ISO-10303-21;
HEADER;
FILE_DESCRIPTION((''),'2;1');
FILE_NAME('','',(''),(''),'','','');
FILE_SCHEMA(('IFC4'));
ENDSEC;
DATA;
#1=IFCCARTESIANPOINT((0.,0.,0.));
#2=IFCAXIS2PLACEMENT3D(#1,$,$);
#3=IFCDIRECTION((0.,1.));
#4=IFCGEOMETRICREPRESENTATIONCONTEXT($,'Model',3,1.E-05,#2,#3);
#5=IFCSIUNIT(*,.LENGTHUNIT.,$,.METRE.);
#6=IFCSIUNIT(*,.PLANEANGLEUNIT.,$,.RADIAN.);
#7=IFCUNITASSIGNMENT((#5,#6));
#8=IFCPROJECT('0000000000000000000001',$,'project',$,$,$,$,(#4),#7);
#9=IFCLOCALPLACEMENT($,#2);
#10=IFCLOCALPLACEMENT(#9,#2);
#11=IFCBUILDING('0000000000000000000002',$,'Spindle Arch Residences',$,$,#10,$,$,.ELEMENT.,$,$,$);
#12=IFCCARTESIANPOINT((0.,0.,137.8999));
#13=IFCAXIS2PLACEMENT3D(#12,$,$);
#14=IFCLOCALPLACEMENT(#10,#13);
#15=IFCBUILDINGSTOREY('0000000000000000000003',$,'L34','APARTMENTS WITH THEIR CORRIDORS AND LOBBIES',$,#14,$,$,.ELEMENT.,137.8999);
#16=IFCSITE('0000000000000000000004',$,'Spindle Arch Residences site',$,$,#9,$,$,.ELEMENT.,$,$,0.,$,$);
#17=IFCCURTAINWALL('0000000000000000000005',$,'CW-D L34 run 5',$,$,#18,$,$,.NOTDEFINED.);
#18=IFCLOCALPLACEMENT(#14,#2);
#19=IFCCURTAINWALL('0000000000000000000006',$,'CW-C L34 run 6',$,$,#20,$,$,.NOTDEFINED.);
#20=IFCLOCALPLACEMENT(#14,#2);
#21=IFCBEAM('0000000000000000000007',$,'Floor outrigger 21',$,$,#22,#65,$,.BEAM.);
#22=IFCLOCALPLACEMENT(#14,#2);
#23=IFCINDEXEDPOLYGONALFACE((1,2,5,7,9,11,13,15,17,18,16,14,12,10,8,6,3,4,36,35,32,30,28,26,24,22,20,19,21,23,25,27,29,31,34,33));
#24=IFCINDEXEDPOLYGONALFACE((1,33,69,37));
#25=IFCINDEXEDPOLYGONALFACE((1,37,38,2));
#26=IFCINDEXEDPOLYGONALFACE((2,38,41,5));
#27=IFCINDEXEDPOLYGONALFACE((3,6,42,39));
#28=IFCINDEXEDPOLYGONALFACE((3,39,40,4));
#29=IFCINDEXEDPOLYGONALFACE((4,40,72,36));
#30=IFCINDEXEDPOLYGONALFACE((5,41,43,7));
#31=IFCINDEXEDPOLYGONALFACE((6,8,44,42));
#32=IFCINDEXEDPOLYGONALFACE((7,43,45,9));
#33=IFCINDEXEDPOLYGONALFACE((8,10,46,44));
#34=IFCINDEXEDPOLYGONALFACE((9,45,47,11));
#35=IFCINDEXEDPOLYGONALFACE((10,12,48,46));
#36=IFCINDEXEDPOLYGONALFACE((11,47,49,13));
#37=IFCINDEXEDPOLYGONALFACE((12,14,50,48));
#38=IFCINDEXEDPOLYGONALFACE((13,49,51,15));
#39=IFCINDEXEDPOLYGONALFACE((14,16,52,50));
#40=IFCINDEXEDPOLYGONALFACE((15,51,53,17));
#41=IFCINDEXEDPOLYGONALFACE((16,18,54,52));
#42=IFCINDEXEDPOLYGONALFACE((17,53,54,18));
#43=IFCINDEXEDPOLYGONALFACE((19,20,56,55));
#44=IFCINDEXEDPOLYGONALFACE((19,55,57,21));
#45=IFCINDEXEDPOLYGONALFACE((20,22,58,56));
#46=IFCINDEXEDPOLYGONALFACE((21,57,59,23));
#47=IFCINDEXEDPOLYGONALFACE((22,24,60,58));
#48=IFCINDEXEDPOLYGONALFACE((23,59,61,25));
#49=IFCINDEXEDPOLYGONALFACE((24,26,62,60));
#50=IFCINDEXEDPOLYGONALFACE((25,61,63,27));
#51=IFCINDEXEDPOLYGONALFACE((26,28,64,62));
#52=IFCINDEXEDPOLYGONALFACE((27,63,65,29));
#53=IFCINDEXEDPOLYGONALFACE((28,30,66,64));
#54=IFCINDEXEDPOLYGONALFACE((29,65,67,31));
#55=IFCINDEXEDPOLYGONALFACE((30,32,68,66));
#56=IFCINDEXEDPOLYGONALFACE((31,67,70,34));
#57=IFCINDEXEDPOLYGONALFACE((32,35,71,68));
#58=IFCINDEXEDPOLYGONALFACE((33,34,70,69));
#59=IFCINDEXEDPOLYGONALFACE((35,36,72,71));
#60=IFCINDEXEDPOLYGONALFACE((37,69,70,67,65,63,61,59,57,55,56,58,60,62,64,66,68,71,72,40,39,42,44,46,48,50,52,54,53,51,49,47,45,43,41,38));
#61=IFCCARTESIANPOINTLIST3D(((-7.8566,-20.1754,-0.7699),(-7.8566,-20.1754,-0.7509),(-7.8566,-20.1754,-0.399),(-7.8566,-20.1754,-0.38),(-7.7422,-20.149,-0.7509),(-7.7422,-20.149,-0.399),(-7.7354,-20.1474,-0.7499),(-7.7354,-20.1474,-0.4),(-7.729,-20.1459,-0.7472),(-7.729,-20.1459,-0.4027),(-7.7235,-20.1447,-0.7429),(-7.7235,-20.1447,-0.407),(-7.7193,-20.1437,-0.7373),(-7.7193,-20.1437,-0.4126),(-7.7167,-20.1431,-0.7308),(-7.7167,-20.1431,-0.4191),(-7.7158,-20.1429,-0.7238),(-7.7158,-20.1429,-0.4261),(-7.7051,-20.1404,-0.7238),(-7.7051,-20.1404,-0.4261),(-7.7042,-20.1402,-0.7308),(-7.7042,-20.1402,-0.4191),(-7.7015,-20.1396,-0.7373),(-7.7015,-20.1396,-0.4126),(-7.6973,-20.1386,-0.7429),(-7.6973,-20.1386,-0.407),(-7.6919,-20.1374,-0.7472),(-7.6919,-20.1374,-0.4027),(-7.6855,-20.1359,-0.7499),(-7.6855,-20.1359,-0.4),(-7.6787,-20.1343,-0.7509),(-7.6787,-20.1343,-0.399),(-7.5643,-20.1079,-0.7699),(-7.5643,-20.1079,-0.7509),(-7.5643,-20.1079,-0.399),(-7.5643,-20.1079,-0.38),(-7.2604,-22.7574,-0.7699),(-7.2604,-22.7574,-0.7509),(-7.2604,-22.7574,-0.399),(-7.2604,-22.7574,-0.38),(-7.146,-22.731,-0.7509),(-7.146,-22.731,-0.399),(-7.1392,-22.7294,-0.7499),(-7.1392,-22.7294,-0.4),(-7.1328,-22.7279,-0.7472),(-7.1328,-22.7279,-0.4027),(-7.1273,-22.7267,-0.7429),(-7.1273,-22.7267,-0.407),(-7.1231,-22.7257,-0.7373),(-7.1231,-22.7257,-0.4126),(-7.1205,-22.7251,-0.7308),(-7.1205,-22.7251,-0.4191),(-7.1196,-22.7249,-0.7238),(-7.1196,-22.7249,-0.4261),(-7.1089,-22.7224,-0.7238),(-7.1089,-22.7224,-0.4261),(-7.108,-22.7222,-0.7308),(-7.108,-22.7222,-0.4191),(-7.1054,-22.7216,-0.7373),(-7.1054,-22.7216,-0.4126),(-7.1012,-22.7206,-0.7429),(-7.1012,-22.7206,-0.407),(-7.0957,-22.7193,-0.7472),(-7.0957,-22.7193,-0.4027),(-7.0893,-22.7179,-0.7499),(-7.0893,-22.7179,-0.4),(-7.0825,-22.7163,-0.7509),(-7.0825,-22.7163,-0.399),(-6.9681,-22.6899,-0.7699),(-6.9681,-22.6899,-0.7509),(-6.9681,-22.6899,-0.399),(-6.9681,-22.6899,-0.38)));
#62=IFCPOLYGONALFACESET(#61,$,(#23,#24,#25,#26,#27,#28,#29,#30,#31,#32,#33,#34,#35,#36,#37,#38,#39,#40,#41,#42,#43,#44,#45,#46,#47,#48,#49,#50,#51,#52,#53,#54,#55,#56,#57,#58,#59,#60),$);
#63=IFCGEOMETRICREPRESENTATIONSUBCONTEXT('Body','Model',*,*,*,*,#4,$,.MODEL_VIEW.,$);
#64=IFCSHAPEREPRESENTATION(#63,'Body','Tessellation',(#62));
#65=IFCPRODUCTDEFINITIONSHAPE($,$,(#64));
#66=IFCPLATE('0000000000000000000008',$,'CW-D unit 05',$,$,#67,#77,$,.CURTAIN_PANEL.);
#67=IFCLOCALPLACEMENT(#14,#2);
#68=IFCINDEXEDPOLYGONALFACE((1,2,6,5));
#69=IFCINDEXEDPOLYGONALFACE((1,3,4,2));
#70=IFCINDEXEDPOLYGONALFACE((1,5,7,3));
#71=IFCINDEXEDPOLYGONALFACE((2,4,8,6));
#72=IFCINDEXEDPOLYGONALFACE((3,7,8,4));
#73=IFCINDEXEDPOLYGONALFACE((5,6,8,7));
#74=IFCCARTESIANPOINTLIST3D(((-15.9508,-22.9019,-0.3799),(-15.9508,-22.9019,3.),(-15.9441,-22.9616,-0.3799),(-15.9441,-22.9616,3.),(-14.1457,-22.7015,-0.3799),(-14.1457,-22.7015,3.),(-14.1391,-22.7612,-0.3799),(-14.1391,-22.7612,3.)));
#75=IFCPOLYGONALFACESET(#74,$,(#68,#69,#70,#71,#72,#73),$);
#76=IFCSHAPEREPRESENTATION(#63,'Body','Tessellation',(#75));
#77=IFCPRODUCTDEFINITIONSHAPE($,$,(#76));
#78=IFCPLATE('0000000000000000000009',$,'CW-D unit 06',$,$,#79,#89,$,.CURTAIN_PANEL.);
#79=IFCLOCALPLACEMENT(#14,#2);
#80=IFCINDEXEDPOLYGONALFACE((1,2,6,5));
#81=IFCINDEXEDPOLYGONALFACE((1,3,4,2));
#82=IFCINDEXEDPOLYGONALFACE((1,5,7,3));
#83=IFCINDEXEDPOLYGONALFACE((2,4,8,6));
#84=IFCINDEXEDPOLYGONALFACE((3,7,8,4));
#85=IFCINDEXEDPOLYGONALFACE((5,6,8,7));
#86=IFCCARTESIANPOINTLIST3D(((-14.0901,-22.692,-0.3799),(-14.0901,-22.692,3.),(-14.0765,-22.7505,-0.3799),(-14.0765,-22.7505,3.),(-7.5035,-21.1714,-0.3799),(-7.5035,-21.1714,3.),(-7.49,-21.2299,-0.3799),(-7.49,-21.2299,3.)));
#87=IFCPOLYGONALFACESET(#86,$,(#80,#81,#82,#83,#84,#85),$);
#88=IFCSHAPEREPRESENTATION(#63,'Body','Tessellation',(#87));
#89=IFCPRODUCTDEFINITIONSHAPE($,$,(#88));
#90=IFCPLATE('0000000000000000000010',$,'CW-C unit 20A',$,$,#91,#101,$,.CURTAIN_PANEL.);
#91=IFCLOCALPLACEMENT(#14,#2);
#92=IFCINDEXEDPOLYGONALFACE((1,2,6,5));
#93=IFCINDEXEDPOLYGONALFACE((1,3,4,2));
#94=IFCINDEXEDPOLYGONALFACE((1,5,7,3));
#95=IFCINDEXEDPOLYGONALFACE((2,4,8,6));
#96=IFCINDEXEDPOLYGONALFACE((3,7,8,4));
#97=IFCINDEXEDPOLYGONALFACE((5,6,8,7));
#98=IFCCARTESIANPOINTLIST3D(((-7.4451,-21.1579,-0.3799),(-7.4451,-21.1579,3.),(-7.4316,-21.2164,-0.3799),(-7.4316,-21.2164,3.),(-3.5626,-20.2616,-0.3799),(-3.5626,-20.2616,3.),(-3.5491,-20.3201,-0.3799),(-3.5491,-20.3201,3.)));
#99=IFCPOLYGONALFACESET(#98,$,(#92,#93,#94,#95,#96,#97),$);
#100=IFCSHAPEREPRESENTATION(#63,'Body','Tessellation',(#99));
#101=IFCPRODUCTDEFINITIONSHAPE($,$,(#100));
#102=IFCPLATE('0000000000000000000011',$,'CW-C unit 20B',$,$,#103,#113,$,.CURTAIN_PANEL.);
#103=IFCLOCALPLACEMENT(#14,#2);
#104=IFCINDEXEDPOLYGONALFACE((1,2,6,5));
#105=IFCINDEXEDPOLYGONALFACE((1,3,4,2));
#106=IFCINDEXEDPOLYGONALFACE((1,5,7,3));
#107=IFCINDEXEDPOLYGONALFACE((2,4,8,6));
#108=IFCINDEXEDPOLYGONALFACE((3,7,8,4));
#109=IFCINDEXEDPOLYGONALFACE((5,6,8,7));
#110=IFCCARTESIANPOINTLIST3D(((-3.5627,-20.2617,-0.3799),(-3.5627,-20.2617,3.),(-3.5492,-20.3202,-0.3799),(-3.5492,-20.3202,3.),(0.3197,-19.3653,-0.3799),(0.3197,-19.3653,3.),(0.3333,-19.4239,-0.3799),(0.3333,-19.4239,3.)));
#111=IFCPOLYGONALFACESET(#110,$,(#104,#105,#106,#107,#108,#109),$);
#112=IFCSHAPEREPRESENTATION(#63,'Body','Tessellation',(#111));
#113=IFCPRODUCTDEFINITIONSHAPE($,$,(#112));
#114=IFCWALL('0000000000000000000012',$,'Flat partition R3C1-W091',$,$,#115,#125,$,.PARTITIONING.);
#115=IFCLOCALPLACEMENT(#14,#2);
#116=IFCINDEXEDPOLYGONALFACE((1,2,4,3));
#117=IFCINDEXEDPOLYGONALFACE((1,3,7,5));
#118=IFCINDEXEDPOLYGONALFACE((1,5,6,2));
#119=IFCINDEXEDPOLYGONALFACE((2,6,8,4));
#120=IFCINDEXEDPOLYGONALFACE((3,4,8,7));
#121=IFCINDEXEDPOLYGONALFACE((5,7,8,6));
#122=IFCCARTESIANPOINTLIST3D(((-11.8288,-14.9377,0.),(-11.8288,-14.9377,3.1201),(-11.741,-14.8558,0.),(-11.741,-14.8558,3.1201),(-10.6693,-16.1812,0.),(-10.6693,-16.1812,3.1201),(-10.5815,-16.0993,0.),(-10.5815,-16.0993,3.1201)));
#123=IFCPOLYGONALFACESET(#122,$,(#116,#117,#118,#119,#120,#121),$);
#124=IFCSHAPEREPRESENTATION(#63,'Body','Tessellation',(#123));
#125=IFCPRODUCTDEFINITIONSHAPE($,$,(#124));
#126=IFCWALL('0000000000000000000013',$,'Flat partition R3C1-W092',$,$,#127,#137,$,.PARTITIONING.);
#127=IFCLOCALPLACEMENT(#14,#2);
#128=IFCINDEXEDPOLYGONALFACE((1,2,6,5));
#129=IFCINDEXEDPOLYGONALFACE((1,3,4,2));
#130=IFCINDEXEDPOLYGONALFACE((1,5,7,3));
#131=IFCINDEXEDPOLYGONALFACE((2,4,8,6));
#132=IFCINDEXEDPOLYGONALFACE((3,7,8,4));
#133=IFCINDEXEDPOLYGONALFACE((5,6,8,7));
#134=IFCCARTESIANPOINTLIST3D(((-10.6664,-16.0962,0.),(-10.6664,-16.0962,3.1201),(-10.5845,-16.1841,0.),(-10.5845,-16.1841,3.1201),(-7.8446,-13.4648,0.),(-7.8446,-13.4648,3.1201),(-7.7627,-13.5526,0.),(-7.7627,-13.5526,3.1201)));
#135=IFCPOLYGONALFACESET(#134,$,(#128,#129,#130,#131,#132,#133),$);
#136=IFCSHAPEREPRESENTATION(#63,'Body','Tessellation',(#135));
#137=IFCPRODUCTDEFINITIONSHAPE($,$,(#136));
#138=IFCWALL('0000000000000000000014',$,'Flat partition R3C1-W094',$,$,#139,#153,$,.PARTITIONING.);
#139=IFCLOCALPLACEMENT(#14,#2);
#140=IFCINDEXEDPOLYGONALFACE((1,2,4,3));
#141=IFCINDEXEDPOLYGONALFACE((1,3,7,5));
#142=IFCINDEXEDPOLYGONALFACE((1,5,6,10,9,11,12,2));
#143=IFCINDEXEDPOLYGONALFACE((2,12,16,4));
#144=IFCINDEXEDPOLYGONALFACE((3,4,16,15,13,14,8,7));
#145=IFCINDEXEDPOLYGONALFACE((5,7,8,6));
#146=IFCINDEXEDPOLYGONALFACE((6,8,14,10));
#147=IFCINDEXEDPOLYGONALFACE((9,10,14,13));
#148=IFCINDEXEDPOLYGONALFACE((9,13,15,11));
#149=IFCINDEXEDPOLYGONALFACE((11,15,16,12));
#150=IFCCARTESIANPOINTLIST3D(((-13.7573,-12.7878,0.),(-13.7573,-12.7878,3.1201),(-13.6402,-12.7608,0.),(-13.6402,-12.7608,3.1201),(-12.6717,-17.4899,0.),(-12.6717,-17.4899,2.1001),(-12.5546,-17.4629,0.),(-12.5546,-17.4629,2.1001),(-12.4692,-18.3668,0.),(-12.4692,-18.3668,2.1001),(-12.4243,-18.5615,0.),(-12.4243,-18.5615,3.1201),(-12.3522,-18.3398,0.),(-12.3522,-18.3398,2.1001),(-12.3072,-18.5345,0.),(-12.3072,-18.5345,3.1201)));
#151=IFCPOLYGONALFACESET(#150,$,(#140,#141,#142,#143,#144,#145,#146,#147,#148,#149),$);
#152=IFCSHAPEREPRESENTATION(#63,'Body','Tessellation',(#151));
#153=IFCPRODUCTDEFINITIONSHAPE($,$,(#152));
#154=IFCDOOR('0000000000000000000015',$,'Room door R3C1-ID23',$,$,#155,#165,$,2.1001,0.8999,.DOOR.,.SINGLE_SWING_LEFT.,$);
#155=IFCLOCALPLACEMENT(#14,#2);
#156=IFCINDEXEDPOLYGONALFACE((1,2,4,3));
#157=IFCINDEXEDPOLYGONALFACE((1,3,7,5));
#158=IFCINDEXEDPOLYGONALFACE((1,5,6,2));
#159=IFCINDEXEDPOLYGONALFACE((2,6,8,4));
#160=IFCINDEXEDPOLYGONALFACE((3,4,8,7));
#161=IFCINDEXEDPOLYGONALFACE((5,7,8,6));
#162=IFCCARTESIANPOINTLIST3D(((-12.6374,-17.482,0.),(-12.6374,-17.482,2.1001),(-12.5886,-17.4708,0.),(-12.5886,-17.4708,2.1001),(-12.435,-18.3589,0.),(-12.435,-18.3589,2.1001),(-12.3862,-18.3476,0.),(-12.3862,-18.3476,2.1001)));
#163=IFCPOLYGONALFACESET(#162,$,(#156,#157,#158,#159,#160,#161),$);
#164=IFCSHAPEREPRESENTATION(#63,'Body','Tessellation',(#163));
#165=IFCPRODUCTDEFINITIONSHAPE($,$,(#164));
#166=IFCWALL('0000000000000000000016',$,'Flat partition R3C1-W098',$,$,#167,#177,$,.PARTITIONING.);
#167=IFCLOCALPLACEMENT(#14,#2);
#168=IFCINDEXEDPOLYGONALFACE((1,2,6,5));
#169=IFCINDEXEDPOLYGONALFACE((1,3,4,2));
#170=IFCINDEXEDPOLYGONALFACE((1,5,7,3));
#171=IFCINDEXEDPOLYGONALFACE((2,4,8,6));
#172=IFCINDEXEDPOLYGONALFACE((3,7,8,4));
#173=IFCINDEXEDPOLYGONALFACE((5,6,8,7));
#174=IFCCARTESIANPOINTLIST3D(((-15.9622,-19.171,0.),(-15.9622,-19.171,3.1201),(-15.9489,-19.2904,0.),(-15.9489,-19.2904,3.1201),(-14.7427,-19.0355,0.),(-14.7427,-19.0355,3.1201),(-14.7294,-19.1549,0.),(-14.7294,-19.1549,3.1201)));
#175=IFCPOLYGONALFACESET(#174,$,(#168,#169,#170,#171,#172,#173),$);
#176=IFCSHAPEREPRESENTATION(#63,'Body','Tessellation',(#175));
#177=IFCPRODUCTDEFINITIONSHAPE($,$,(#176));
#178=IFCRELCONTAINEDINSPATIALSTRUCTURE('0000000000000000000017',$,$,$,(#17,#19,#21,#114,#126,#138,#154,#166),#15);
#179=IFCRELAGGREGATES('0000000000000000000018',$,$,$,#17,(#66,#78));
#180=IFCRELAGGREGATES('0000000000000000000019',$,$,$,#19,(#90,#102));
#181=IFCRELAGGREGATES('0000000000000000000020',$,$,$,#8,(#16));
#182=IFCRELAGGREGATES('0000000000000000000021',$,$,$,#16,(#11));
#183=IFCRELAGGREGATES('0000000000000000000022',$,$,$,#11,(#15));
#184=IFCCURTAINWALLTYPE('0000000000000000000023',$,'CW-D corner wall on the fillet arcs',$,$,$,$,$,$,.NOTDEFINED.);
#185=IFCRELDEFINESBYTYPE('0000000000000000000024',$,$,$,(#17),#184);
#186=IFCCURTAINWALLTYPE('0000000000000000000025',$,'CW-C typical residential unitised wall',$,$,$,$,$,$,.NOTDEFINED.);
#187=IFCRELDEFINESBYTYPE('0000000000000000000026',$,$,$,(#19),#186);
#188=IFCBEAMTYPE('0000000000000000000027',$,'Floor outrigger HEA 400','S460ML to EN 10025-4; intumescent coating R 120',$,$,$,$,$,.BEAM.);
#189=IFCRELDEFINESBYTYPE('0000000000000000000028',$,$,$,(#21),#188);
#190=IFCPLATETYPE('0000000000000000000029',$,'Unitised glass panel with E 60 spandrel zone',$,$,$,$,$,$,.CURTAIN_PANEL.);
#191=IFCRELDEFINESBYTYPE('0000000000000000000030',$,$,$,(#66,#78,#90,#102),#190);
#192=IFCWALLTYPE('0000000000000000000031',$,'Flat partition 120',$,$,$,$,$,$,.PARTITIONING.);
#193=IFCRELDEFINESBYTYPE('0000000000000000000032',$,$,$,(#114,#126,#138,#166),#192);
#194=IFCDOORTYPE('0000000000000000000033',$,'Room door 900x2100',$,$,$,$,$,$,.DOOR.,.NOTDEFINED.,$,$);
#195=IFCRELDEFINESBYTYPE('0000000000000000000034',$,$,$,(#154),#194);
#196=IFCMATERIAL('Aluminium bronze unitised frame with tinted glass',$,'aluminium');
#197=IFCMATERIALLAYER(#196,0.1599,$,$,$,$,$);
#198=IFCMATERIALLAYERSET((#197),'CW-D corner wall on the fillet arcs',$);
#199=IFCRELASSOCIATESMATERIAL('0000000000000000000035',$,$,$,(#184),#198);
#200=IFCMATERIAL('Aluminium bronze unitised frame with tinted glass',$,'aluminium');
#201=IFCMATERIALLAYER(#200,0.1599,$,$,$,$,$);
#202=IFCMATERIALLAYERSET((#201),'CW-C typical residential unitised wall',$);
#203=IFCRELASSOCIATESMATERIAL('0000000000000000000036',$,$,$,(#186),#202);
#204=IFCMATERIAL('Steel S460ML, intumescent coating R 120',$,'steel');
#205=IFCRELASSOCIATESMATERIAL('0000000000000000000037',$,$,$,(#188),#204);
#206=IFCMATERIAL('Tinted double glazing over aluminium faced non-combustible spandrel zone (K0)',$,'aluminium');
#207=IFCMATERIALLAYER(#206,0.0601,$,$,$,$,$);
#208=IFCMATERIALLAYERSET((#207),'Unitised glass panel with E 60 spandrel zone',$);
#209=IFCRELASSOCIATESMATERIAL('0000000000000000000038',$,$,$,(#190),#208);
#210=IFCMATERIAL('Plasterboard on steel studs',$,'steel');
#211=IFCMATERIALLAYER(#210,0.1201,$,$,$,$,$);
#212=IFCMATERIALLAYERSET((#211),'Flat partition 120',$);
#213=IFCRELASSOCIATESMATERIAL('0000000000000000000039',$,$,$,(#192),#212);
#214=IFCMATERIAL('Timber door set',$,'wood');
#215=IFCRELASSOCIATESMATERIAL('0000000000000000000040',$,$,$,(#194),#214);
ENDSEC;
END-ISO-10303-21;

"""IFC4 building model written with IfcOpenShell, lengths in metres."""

from ifc_helpers import new_model, si_unit, direction, frame, frame_2d, origin, origin_2d, place, context, subcontext, project, spatial, rectangle, i_section, extrude, material, layer, layer_set, material_profile, profile_set, type_object, element, fill, aggregate, save


model = new_model("IFC4")

# Units and contexts
model_context = context("Model", 3, precision=1e-05, world=origin(), true_north=direction((0.0, 1.0)))
body_context = subcontext(model_context, "Body", "Model", "MODEL_VIEW")
ifc_project = project(units=[si_unit("LENGTHUNIT", "METRE"), si_unit("PLANEANGLEUNIT", "RADIAN")], contexts=[model_context])

# Site, building, storey
site_placement = place(None, origin())
site = spatial("IfcSite", under=ifc_project, at=site_placement, Name="Spindle Arch Residences site", CompositionType="ELEMENT", RefElevation=0.0)
building_placement = place(site_placement, origin())
building = spatial("IfcBuilding", under=site, at=building_placement, Name="Spindle Arch Residences", CompositionType="ELEMENT")
storey_placement = place(building_placement, frame((0.0, 0.0, 137.8999)))
storey = spatial("IfcBuildingStorey", under=building, at=storey_placement, Name="L34", Description="APARTMENTS WITH THEIR CORRIDORS AND LOBBIES", CompositionType="ELEMENT", Elevation=137.8999)

# Curtain wall
ifc_material_1 = material(Name="Aluminium bronze unitised frame with tinted glass", Category="aluminium")
ifc_layer_1 = layer(ifc_material_1, 0.1599)
ifc_layer_set_1 = layer_set([ifc_layer_1], Name="CW-D corner wall on the fillet arcs")
curtain_wall_type_1 = type_object("IfcCurtainWallType", Name="CW-D corner wall on the fillet arcs", PredefinedType="NOTDEFINED", material=ifc_layer_set_1)
curtain_wall_1_placement = place(storey_placement, origin())
curtain_wall_1 = element("IfcCurtainWall", 1, at=curtain_wall_1_placement, inside=storey, type_object=curtain_wall_type_1, Name="CW-D L34 run 5", PredefinedType="NOTDEFINED")

# Curtain wall
ifc_material_2 = material(Name="Aluminium bronze unitised frame with tinted glass", Category="aluminium")
ifc_layer_2 = layer(ifc_material_2, 0.1599)
ifc_layer_set_2 = layer_set([ifc_layer_2], Name="CW-C typical residential unitised wall")
curtain_wall_type_2 = type_object("IfcCurtainWallType", Name="CW-C typical residential unitised wall", PredefinedType="NOTDEFINED", material=ifc_layer_set_2)
curtain_wall_2_placement = place(storey_placement, origin())
curtain_wall_2 = element("IfcCurtainWall", 2, at=curtain_wall_2_placement, inside=storey, type_object=curtain_wall_type_2, Name="CW-C L34 run 6", PredefinedType="NOTDEFINED")

# Beam
ifc_material_3 = material(Name="Steel S460ML, intumescent coating R 120", Category="steel")
ifc_material_profile_1 = material_profile(ifc_material_3, i_section(OverallWidth=0.3, OverallDepth=0.3899, WebThickness=0.011, FlangeThickness=0.019, FilletRadius=0.0271, at=origin_2d()), Name="HEA 400")
ifc_profile_set_1 = profile_set([ifc_material_profile_1], Name="Steel S460ML, intumescent coating R 120")
beam_type_1 = type_object("IfcBeamType", Name="Floor outrigger HEA 400", Description="S460ML to EN 10025-4; intumescent coating R 120", PredefinedType="BEAM", material=ifc_profile_set_1)
for number, where, z_axis, x_axis, name in (
    (3, (-7.1143, -22.7236, -0.575), (-0.224981, 0.974363, 0.0), (-0.974363, -0.224981, 0.0), "Floor outrigger 21"),
):
    element("IfcBeam", number, at=place(storey_placement, frame(where, z_axis=z_axis, x_axis=x_axis)), inside=storey, type_object=beam_type_1, Name=name, PredefinedType="BEAM", context=body_context, shape_type="SweptSolid", body=[
        extrude(i_section(OverallWidth=0.3, OverallDepth=0.3899, WebThickness=0.011, FlangeThickness=0.019, FilletRadius=0.0271, at=origin_2d()), origin(), (0.0, 0.0, 1.0), 2.6499),
    ])

# Plates
ifc_material_4 = material(Name="Tinted double glazing over aluminium faced non-combustible spandrel zone (K0)", Category="aluminium")
ifc_layer_3 = layer(ifc_material_4, 0.0601)
ifc_layer_set_3 = layer_set([ifc_layer_3], Name="Unitised glass panel with E 60 spandrel zone")
plate_type = type_object("IfcPlateType", Name="Unitised glass panel with E 60 spandrel zone", PredefinedType="CURTAIN_PANEL", material=ifc_layer_set_3)
plate_1_placement = place(storey_placement, frame((-15.0449, -22.8315, -0.3799), z_axis=(0.0, 0.0, 1.0), x_axis=(0.993897, 0.110313, 0.0)))
plate_1 = element("IfcPlate", 4, at=plate_1_placement, type_object=plate_type, Name="CW-D unit 05", PredefinedType="CURTAIN_PANEL", context=body_context, shape_type="SweptSolid", body=[
    extrude(rectangle(XDim=1.8162, YDim=0.0601, at=origin_2d()), origin(), (0.0, 0.0, 1.0), 3.3799),
])
plate_2_placement = place(storey_placement, frame((-10.79, -21.9609, -0.3799), z_axis=(0.0, 0.0, 1.0), x_axis=(0.97437, 0.224951, 0.0)))
plate_2 = element("IfcPlate", 5, at=plate_2_placement, type_object=plate_type, Name="CW-D unit 06", PredefinedType="CURTAIN_PANEL", context=body_context, shape_type="SweptSolid", body=[
    extrude(rectangle(XDim=6.7598, YDim=0.0601, at=origin_2d()), origin(), (0.0, 0.0, 1.0), 3.3799),
])
aggregate(curtain_wall_1, [plate_1, plate_2])
plate_3_placement = place(storey_placement, frame((-5.4971, -20.739, -0.3799), z_axis=(0.0, 0.0, 1.0), x_axis=(0.97437, 0.224951, 0.0)))
plate_3 = element("IfcPlate", 6, at=plate_3_placement, type_object=plate_type, Name="CW-C unit 20A", PredefinedType="CURTAIN_PANEL", context=body_context, shape_type="SweptSolid", body=[
    extrude(rectangle(XDim=3.9846, YDim=0.0601, at=origin_2d()), origin(), (0.0, 0.0, 1.0), 3.3799),
])
plate_4_placement = place(storey_placement, frame((-1.6147, -19.8428, -0.3799), z_axis=(0.0, 0.0, 1.0), x_axis=(0.97437, 0.224951, 0.0)))
plate_4 = element("IfcPlate", 7, at=plate_4_placement, type_object=plate_type, Name="CW-C unit 20B", PredefinedType="CURTAIN_PANEL", context=body_context, shape_type="SweptSolid", body=[
    extrude(rectangle(XDim=3.9846, YDim=0.0601, at=origin_2d()), origin(), (0.0, 0.0, 1.0), 3.3799),
])
aggregate(curtain_wall_2, [plate_3, plate_4])

# Walls
ifc_material_5 = material(Name="Plasterboard on steel studs", Category="steel")
ifc_layer_4 = layer(ifc_material_5, 0.1201)
ifc_layer_set_4 = layer_set([ifc_layer_4], Name="Flat partition 120")
wall_type_1 = type_object("IfcWallType", Name="Flat partition 120", PredefinedType="PARTITIONING", material=ifc_layer_set_4)
wall_1_placement = place(storey_placement, frame((-11.7849, -14.8967, 0.0), z_axis=(0.0, 0.0, 1.0), x_axis=(0.681975, -0.731375, 0.0)))
element("IfcWall", 8, at=wall_1_placement, inside=storey, type_object=wall_type_1, Name="Flat partition R3C1-W091", PredefinedType="PARTITIONING", context=body_context, shape_type="SweptSolid", body=[
    extrude(rectangle(XDim=1.7002, YDim=0.1201, at=frame_2d((0.8501, 0.0))), origin(), (0.0, 0.0, 1.0), 3.1201),
])
wall_2_placement = place(storey_placement, frame((-10.6255, -16.1401, 0.0), z_axis=(0.0, 0.0, 1.0), x_axis=(0.731354, 0.681998, 0.0)))
element("IfcWall", 9, at=wall_2_placement, inside=storey, type_object=wall_type_1, Name="Flat partition R3C1-W092", PredefinedType="PARTITIONING", context=body_context, shape_type="SweptSolid", body=[
    extrude(rectangle(XDim=3.8584, YDim=0.1201, at=frame_2d((1.9292, 0.0))), origin(), (0.0, 0.0, 1.0), 3.1201),
])

# Wall, opening, door
wall_3_placement = place(storey_placement, frame((-12.3657, -18.5481, 0.0), z_axis=(0.0, 0.0, 1.0), x_axis=(-0.224959, 0.974368, 0.0)))
wall_3 = element("IfcWall", 10, at=wall_3_placement, inside=storey, type_object=wall_type_1, Name="Flat partition R3C1-W094", PredefinedType="PARTITIONING", context=body_context, shape_type="SweptSolid", body=[
    extrude(rectangle(XDim=5.9255, YDim=0.1201, at=frame_2d((2.9629, 0.0))), origin(), (0.0, 0.0, 1.0), 3.1201),
])
opening_1_placement = place(wall_3_placement, frame((0.2, 0.0, 0.0)))
opening_1 = element("IfcOpeningElement", 11, at=opening_1_placement, cuts=wall_3, PredefinedType="OPENING", context=body_context, shape_type="SweptSolid", body=[
    extrude(rectangle(XDim=0.8999, YDim=2.1001, at=frame_2d((0.45, 1.05))), frame((0.0, 0.0701, 0.0), z_axis=(0.0, -1.0, 0.0), x_axis=(1.0, 0.0, 0.0)), (0.0, 0.0, 1.0), 0.1401),
])
ifc_material_6 = material(Name="Timber door set", Category="wood")
door_type = type_object("IfcDoorType", Name="Room door 900x2100", OperationType="NOTDEFINED", PredefinedType="DOOR", material=ifc_material_6)
door_1_placement = place(opening_1_placement, origin())
door_1 = element("IfcDoor", 12, at=door_1_placement, inside=storey, type_object=door_type, Name="Room door R3C1-ID23", OperationType="SINGLE_SWING_LEFT", OverallHeight=2.1001, OverallWidth=0.8999, PredefinedType="DOOR", context=body_context, shape_type="SweptSolid", body=[
    extrude(rectangle(XDim=0.8999, YDim=2.1001, at=frame_2d((0.45, 1.05))), frame((0.0, 0.0249, 0.0), z_axis=(0.0, -1.0, 0.0), x_axis=(1.0, 0.0, 0.0)), (0.0, 0.0, 1.0), 0.05),
])
fill(opening_1, door_1)

# Wall
wall_4_placement = place(storey_placement, frame((-15.9556, -19.2307, 0.0), z_axis=(0.0, 0.0, 1.0), x_axis=(0.993884, 0.110432, 0.0)))
element("IfcWall", 13, at=wall_4_placement, inside=storey, type_object=wall_type_1, Name="Flat partition R3C1-W098", PredefinedType="PARTITIONING", context=body_context, shape_type="SweptSolid", body=[
    extrude(rectangle(XDim=1.2271, YDim=0.1201, at=frame_2d((0.6135, 0.0))), origin(), (0.0, 0.0, 1.0), 3.1201),
])

save(model, "model.ifc")
